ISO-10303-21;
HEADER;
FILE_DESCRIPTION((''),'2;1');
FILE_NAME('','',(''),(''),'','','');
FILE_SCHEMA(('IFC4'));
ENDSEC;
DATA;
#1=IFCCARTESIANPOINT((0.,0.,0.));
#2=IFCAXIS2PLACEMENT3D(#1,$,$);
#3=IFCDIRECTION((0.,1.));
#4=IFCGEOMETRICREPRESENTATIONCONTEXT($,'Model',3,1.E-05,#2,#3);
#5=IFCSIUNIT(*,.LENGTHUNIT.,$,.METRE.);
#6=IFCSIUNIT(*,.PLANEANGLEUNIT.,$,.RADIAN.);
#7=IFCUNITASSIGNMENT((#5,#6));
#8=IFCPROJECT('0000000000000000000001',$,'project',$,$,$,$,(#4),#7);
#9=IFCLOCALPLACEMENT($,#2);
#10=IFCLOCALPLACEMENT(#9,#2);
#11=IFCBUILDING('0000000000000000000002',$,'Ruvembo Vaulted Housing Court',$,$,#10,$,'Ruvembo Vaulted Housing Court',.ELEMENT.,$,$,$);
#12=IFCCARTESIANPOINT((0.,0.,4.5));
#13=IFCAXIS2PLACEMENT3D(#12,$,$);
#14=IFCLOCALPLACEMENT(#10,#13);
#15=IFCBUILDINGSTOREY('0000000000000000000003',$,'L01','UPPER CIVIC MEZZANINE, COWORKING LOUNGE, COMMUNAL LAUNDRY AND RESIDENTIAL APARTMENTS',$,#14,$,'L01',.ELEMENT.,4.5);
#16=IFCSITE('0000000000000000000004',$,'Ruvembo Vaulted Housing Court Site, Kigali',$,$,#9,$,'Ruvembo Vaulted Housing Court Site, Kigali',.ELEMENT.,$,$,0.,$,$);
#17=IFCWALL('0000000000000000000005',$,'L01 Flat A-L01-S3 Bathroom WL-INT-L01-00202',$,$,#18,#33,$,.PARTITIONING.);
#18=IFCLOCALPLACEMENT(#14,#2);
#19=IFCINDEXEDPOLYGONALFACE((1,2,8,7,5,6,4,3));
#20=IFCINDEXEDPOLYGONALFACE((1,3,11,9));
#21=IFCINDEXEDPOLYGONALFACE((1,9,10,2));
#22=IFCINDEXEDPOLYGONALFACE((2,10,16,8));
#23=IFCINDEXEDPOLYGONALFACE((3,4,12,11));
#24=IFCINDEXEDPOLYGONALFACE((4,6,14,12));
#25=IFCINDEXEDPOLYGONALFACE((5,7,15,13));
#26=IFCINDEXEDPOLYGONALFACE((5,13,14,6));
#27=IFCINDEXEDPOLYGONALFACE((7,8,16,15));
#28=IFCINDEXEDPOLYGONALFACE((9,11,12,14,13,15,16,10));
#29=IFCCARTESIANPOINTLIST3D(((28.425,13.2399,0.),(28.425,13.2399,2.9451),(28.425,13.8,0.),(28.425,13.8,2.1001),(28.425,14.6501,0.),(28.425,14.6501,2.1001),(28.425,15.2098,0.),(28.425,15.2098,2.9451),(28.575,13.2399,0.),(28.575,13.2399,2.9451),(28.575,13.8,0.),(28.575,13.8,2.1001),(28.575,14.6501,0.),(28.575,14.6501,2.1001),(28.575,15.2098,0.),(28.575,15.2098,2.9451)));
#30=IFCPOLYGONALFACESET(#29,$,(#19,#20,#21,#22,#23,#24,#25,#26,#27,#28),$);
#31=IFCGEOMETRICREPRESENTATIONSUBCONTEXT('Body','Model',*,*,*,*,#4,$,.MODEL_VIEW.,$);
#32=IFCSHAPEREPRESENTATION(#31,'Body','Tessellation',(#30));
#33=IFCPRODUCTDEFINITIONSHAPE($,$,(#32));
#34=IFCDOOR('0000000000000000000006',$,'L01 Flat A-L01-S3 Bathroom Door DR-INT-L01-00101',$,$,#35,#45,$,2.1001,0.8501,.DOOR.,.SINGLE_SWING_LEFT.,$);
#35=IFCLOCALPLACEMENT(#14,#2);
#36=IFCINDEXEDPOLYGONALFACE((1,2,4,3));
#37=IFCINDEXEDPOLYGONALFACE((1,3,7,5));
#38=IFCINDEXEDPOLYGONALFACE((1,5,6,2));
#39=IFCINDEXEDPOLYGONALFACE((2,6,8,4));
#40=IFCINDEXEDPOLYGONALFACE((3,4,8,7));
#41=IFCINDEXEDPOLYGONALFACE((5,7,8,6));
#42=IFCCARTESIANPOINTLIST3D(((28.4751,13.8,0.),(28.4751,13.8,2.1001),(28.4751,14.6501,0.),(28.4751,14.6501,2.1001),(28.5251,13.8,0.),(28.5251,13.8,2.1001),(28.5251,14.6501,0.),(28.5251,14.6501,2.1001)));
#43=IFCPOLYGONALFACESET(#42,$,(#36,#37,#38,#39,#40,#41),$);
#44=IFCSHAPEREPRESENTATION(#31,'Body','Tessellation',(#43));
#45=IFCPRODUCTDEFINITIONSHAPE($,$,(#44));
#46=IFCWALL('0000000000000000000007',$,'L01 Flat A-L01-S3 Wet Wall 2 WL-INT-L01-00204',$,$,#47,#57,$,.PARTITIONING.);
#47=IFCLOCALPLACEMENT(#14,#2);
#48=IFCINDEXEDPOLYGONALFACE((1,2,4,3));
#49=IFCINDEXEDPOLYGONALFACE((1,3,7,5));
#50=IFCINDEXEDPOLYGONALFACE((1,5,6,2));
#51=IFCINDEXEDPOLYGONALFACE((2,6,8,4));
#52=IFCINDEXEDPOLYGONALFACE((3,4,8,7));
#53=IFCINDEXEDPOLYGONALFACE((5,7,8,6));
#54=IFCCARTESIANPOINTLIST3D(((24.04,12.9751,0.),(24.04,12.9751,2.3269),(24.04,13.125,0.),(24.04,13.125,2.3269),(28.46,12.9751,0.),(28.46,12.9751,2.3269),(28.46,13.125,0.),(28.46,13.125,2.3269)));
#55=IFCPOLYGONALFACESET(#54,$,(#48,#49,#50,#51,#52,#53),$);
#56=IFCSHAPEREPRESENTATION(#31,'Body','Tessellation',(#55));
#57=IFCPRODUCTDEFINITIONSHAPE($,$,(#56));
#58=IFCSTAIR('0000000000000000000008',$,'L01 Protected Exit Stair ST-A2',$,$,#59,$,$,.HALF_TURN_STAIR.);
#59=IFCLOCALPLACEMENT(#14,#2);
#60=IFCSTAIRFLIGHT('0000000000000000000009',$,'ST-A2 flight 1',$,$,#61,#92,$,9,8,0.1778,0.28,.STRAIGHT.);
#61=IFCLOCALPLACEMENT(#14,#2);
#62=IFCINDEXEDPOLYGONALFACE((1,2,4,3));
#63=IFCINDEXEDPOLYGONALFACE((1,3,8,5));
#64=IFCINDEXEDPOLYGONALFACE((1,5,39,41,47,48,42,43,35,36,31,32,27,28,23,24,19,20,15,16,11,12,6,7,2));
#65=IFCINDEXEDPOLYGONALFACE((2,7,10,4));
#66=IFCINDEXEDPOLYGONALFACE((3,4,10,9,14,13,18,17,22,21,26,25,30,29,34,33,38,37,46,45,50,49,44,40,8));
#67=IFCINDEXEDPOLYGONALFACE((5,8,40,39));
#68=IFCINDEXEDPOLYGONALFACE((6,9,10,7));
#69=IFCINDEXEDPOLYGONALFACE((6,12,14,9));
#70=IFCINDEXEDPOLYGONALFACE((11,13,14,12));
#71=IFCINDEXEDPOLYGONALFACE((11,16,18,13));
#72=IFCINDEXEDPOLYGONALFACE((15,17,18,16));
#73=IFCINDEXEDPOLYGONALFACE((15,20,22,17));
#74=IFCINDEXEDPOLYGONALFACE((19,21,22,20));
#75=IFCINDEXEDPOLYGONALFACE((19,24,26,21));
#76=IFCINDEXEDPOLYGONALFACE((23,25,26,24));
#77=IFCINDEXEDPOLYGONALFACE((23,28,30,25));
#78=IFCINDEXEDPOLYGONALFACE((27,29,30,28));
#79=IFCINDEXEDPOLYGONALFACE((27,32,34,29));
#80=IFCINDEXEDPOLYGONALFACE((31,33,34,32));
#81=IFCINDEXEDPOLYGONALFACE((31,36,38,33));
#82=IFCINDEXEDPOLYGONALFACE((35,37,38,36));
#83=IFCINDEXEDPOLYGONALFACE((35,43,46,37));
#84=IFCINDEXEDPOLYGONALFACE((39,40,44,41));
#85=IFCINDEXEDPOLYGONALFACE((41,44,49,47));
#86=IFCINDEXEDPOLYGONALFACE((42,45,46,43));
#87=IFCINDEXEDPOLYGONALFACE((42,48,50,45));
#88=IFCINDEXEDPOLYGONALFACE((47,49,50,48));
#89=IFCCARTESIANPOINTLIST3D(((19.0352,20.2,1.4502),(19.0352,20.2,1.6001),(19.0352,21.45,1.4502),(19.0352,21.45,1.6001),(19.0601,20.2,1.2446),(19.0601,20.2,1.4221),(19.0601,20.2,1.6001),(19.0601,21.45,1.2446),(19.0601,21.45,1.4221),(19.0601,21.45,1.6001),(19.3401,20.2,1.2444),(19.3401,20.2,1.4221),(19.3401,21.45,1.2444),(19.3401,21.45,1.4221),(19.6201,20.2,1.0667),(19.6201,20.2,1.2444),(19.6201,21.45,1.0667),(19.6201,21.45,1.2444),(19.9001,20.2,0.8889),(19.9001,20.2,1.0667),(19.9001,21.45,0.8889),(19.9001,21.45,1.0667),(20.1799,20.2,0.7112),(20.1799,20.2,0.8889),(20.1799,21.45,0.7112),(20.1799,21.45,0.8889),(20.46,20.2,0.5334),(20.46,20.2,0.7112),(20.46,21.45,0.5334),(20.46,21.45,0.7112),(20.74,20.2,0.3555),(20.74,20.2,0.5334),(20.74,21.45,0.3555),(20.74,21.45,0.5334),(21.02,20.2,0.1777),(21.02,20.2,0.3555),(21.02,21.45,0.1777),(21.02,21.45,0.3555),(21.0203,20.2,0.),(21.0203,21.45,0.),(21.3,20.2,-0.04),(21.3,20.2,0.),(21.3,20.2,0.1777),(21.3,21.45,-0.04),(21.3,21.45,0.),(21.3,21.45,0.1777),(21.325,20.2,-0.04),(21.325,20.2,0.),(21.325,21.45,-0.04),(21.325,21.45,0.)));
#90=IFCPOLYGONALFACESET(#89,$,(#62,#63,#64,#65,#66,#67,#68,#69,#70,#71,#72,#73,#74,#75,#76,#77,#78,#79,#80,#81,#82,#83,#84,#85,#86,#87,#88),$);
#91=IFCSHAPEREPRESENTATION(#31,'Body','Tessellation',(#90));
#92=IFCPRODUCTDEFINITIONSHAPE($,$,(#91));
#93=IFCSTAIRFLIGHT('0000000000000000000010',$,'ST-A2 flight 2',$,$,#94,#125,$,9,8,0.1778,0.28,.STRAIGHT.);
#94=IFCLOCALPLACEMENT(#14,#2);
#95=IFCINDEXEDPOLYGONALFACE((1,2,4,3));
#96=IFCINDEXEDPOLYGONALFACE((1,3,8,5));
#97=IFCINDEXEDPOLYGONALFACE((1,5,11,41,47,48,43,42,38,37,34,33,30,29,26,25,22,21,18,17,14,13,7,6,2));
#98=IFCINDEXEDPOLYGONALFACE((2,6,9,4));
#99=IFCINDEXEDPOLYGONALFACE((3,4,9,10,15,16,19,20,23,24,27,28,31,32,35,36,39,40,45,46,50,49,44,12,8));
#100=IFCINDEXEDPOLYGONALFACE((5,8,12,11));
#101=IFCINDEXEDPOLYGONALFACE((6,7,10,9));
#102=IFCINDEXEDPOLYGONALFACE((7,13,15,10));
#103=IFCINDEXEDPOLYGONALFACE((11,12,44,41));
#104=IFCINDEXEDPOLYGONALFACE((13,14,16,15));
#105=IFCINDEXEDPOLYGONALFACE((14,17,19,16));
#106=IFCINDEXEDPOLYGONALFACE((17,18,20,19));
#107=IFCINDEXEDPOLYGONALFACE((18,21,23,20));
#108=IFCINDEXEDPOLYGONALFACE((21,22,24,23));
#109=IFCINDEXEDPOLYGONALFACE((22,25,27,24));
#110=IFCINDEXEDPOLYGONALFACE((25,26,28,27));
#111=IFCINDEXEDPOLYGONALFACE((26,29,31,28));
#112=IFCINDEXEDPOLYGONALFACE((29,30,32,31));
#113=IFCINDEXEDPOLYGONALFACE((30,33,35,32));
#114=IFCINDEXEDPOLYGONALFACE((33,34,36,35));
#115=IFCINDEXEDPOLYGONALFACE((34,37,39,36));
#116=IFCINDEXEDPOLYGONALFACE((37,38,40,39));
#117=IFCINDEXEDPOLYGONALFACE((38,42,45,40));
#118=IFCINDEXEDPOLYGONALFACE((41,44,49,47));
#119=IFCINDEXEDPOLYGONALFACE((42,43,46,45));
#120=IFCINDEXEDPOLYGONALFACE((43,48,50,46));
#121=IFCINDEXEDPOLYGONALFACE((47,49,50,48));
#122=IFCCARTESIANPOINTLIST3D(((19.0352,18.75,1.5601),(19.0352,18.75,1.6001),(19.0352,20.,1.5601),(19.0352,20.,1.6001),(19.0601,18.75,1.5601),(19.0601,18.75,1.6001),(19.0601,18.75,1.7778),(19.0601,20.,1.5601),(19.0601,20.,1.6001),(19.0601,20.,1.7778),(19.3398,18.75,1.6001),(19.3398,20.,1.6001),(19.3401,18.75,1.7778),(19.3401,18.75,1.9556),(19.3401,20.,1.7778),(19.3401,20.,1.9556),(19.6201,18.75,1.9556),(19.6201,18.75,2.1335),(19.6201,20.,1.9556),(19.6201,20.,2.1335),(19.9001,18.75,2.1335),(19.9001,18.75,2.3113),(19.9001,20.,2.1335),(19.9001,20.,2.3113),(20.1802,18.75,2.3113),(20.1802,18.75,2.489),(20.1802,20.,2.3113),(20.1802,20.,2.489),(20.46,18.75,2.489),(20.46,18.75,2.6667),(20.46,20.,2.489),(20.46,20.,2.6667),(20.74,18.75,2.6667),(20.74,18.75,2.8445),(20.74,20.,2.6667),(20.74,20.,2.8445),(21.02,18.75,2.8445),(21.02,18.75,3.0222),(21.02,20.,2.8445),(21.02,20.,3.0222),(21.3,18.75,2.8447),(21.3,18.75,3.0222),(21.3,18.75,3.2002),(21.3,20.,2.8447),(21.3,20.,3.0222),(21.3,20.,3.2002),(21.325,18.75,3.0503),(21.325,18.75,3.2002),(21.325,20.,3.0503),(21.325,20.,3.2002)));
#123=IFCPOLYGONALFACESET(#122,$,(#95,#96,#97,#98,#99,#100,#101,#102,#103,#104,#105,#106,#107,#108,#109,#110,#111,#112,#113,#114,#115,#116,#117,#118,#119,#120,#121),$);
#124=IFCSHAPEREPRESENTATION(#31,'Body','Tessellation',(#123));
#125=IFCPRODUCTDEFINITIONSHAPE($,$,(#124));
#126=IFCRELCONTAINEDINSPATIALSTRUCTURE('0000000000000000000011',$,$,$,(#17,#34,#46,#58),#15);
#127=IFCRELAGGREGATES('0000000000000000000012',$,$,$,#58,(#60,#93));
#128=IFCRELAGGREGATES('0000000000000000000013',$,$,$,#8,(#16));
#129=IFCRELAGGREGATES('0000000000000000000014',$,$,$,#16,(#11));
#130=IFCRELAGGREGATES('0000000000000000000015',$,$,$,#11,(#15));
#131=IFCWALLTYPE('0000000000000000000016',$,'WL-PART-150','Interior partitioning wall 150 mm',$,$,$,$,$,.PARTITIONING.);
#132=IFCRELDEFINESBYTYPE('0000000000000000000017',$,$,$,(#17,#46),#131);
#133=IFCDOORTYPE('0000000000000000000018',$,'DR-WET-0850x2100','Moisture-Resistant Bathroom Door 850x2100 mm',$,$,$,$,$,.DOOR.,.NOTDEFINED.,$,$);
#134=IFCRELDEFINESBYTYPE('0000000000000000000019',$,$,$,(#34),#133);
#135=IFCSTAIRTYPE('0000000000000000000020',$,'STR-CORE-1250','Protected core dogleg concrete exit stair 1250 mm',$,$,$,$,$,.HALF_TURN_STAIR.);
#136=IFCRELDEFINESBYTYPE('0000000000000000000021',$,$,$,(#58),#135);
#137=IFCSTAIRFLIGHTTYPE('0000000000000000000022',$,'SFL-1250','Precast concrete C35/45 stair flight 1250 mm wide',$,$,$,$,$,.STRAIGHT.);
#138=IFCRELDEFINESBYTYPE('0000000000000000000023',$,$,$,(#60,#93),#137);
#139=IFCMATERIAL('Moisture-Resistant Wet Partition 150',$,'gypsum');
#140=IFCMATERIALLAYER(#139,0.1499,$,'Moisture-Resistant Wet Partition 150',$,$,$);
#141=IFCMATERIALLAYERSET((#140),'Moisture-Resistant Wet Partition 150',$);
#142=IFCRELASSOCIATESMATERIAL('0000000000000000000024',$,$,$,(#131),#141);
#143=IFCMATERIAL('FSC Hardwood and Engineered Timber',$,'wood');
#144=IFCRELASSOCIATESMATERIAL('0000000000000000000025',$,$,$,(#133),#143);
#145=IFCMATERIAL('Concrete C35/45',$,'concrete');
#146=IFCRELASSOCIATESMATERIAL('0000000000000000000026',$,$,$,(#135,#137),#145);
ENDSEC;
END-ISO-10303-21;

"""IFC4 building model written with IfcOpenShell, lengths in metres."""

from ifc_helpers import new_model, si_unit, direction, frame, frame_2d, origin, place, context, subcontext, project, spatial, polyline, rectangle, outline, extrude, material, layer, layer_set, type_object, element, fill, aggregate, save


model = new_model("IFC4")

# Units and contexts
model_context = context("Model", 3, precision=1e-05, world=origin(), true_north=direction((0.0, 1.0)))
body_context = subcontext(model_context, "Body", "Model", "MODEL_VIEW")
ifc_project = project(units=[si_unit("LENGTHUNIT", "METRE"), si_unit("PLANEANGLEUNIT", "RADIAN")], contexts=[model_context])

# Site, building, storey
site_placement = place(None, origin())
site = spatial("IfcSite", under=ifc_project, at=site_placement, Name="Ruvembo Vaulted Housing Court Site, Kigali", LongName="Ruvembo Vaulted Housing Court Site, Kigali", CompositionType="ELEMENT", RefElevation=0.0)
building_placement = place(site_placement, origin())
building = spatial("IfcBuilding", under=site, at=building_placement, Name="Ruvembo Vaulted Housing Court", LongName="Ruvembo Vaulted Housing Court", CompositionType="ELEMENT")
storey_placement = place(building_placement, frame((0.0, 0.0, 4.5)))
storey = spatial("IfcBuildingStorey", under=building, at=storey_placement, Name="L01", Description="UPPER CIVIC MEZZANINE, COWORKING LOUNGE, COMMUNAL LAUNDRY AND RESIDENTIAL APARTMENTS", LongName="L01", CompositionType="ELEMENT", Elevation=4.5)

# Shared definitions
ifc_material_1 = material(Name="Concrete C35/45", Category="concrete")

# Shared definitions
ifc_material_2 = material(Name="FSC Hardwood and Engineered Timber", Category="wood")

# Wall, opening, door
ifc_material_3 = material(Name="Moisture-Resistant Wet Partition 150", Category="gypsum")
ifc_layer_1 = layer(ifc_material_3, 0.1499, Name="Moisture-Resistant Wet Partition 150")
ifc_layer_set_1 = layer_set([ifc_layer_1], Name="Moisture-Resistant Wet Partition 150")
wall_type_1 = type_object("IfcWallType", Name="WL-PART-150", Description="Interior partitioning wall 150 mm", PredefinedType="PARTITIONING", material=ifc_layer_set_1)
wall_1_placement = place(storey_placement, frame((28.5, 13.24, 0.0), z_axis=(0.0, 0.0, 1.0), x_axis=(0.0, 1.0, 0.0)))
wall_1 = element("IfcWall", 1, at=wall_1_placement, inside=storey, type_object=wall_type_1, Name="L01 Flat A-L01-S3 Bathroom WL-INT-L01-00202", PredefinedType="PARTITIONING", context=body_context, shape_type="SweptSolid", body=[
    extrude(rectangle(XDim=1.97, YDim=0.1499, at=frame_2d((0.9849, 0.0))), origin(), (0.0, 0.0, 1.0), 2.9451),
])
opening_1_placement = place(wall_1_placement, frame((0.5601, 0.0, 0.0)))
opening_1 = element("IfcOpeningElement", 2, at=opening_1_placement, cuts=wall_1, PredefinedType="OPENING", context=body_context, shape_type="SweptSolid", body=[
    extrude(rectangle(XDim=0.8501, YDim=2.1001, at=frame_2d((0.425, 1.05))), frame((0.0, 0.085, 0.0), z_axis=(0.0, -1.0, 0.0), x_axis=(1.0, 0.0, 0.0)), (0.0, 0.0, 1.0), 0.1699),
])
door_type_1 = type_object("IfcDoorType", Name="DR-WET-0850x2100", Description="Moisture-Resistant Bathroom Door 850x2100 mm", OperationType="NOTDEFINED", PredefinedType="DOOR", material=ifc_material_2)
door_1_placement = place(opening_1_placement, origin())
door_1 = element("IfcDoor", 3, at=door_1_placement, inside=storey, type_object=door_type_1, Name="L01 Flat A-L01-S3 Bathroom Door DR-INT-L01-00101", OperationType="SINGLE_SWING_LEFT", OverallHeight=2.1001, OverallWidth=0.8501, PredefinedType="DOOR", context=body_context, shape_type="SweptSolid", body=[
    extrude(rectangle(XDim=0.8501, YDim=2.1001, at=frame_2d((0.425, 1.05))), frame((0.0, 0.0249, 0.0), z_axis=(0.0, -1.0, 0.0), x_axis=(1.0, 0.0, 0.0)), (0.0, 0.0, 1.0), 0.05),
])
fill(opening_1, door_1)

# Wall
wall_2_placement = place(storey_placement, frame((24.04, 13.05, 0.0), z_axis=(0.0, 0.0, 1.0), x_axis=(1.0, 0.0, 0.0)))
element("IfcWall", 4, at=wall_2_placement, inside=storey, type_object=wall_type_1, Name="L01 Flat A-L01-S3 Wet Wall 2 WL-INT-L01-00204", PredefinedType="PARTITIONING", context=body_context, shape_type="SweptSolid", body=[
    extrude(rectangle(XDim=4.4199, YDim=0.1499, at=frame_2d((2.21, 0.0))), origin(), (0.0, 0.0, 1.0), 2.3269),
])

# Stair, stair flights
stair_type = type_object("IfcStairType", Name="STR-CORE-1250", Description="Protected core dogleg concrete exit stair 1250 mm", PredefinedType="HALF_TURN_STAIR", material=ifc_material_1)
stair_placement = place(storey_placement, origin())
stair = element("IfcStair", 5, at=stair_placement, inside=storey, type_object=stair_type, Name="L01 Protected Exit Stair ST-A2", PredefinedType="HALF_TURN_STAIR")
stair_flight_type = type_object("IfcStairFlightType", Name="SFL-1250", Description="Precast concrete C35/45 stair flight 1250 mm wide", PredefinedType="STRAIGHT", material=ifc_material_1)
stair_flight_1_placement = place(storey_placement, frame((21.3, 20.825, 0.0), z_axis=(0.0, 0.0, 1.0), x_axis=(-1.0, 0.0, 0.0)))
stair_flight_1 = element("IfcStairFlight", 6, at=stair_flight_1_placement, type_object=stair_flight_type, Name="ST-A2 flight 1", NumberOfRisers=9, NumberOfTreads=8, PredefinedType="STRAIGHT", RiserHeight=0.1778, TreadLength=0.28, context=body_context, shape_type="SweptSolid", body=[
    extrude(outline(polyline([(-0.0249, -0.04), (-0.0249, 0.0), (0.0, 0.0), (0.0, 0.1777), (0.28, 0.1777), (0.28, 0.3555), (0.5601, 0.3555), (0.5601, 0.5334), (0.8401, 0.5334), (0.8401, 0.7112), (1.1201, 0.7112), (1.1201, 0.8889), (1.3999, 0.8889), (1.3999, 1.0667), (1.6799, 1.0667), (1.6799, 1.2444), (1.96, 1.2444), (1.96, 1.4221), (2.24, 1.4221), (2.24, 1.6001), (2.2649, 1.6001), (2.2649, 1.4502), (2.24, 1.2446), (0.2798, 0.0), (0.0, -0.04), (-0.0249, -0.04)])), frame((0.0, 0.625, 0.0), z_axis=(0.0, -1.0, 0.0), x_axis=(1.0, 0.0, 0.0)), (0.0, 0.0, 1.0), 1.25),
])
stair_flight_2_placement = place(storey_placement, frame((19.0601, 19.375, 1.6001), z_axis=(0.0, 0.0, 1.0), x_axis=(1.0, 0.0, 0.0)))
stair_flight_2 = element("IfcStairFlight", 7, at=stair_flight_2_placement, type_object=stair_flight_type, Name="ST-A2 flight 2", NumberOfRisers=9, NumberOfTreads=8, PredefinedType="STRAIGHT", RiserHeight=0.1778, TreadLength=0.28, context=body_context, shape_type="SweptSolid", body=[
    extrude(outline(polyline([(-0.0249, -0.04), (-0.0249, 0.0), (0.0, 0.0), (0.0, 0.1777), (0.28, 0.1777), (0.28, 0.3555), (0.5601, 0.3555), (0.5601, 0.5334), (0.8401, 0.5334), (0.8401, 0.7112), (1.1201, 0.7112), (1.1201, 0.8889), (1.3999, 0.8889), (1.3999, 1.0667), (1.6799, 1.0667), (1.6799, 1.2444), (1.96, 1.2444), (1.96, 1.4221), (2.24, 1.4221), (2.24, 1.6001), (2.2649, 1.6001), (2.2649, 1.4502), (2.24, 1.2446), (0.2798, 0.0), (0.0, -0.04), (-0.0249, -0.04)])), frame((0.0, 0.625, 0.0), z_axis=(0.0, -1.0, 0.0), x_axis=(1.0, 0.0, 0.0)), (0.0, 0.0, 1.0), 1.25),
])
aggregate(stair, [stair_flight_1, stair_flight_2])

save(model, "model.ifc")
